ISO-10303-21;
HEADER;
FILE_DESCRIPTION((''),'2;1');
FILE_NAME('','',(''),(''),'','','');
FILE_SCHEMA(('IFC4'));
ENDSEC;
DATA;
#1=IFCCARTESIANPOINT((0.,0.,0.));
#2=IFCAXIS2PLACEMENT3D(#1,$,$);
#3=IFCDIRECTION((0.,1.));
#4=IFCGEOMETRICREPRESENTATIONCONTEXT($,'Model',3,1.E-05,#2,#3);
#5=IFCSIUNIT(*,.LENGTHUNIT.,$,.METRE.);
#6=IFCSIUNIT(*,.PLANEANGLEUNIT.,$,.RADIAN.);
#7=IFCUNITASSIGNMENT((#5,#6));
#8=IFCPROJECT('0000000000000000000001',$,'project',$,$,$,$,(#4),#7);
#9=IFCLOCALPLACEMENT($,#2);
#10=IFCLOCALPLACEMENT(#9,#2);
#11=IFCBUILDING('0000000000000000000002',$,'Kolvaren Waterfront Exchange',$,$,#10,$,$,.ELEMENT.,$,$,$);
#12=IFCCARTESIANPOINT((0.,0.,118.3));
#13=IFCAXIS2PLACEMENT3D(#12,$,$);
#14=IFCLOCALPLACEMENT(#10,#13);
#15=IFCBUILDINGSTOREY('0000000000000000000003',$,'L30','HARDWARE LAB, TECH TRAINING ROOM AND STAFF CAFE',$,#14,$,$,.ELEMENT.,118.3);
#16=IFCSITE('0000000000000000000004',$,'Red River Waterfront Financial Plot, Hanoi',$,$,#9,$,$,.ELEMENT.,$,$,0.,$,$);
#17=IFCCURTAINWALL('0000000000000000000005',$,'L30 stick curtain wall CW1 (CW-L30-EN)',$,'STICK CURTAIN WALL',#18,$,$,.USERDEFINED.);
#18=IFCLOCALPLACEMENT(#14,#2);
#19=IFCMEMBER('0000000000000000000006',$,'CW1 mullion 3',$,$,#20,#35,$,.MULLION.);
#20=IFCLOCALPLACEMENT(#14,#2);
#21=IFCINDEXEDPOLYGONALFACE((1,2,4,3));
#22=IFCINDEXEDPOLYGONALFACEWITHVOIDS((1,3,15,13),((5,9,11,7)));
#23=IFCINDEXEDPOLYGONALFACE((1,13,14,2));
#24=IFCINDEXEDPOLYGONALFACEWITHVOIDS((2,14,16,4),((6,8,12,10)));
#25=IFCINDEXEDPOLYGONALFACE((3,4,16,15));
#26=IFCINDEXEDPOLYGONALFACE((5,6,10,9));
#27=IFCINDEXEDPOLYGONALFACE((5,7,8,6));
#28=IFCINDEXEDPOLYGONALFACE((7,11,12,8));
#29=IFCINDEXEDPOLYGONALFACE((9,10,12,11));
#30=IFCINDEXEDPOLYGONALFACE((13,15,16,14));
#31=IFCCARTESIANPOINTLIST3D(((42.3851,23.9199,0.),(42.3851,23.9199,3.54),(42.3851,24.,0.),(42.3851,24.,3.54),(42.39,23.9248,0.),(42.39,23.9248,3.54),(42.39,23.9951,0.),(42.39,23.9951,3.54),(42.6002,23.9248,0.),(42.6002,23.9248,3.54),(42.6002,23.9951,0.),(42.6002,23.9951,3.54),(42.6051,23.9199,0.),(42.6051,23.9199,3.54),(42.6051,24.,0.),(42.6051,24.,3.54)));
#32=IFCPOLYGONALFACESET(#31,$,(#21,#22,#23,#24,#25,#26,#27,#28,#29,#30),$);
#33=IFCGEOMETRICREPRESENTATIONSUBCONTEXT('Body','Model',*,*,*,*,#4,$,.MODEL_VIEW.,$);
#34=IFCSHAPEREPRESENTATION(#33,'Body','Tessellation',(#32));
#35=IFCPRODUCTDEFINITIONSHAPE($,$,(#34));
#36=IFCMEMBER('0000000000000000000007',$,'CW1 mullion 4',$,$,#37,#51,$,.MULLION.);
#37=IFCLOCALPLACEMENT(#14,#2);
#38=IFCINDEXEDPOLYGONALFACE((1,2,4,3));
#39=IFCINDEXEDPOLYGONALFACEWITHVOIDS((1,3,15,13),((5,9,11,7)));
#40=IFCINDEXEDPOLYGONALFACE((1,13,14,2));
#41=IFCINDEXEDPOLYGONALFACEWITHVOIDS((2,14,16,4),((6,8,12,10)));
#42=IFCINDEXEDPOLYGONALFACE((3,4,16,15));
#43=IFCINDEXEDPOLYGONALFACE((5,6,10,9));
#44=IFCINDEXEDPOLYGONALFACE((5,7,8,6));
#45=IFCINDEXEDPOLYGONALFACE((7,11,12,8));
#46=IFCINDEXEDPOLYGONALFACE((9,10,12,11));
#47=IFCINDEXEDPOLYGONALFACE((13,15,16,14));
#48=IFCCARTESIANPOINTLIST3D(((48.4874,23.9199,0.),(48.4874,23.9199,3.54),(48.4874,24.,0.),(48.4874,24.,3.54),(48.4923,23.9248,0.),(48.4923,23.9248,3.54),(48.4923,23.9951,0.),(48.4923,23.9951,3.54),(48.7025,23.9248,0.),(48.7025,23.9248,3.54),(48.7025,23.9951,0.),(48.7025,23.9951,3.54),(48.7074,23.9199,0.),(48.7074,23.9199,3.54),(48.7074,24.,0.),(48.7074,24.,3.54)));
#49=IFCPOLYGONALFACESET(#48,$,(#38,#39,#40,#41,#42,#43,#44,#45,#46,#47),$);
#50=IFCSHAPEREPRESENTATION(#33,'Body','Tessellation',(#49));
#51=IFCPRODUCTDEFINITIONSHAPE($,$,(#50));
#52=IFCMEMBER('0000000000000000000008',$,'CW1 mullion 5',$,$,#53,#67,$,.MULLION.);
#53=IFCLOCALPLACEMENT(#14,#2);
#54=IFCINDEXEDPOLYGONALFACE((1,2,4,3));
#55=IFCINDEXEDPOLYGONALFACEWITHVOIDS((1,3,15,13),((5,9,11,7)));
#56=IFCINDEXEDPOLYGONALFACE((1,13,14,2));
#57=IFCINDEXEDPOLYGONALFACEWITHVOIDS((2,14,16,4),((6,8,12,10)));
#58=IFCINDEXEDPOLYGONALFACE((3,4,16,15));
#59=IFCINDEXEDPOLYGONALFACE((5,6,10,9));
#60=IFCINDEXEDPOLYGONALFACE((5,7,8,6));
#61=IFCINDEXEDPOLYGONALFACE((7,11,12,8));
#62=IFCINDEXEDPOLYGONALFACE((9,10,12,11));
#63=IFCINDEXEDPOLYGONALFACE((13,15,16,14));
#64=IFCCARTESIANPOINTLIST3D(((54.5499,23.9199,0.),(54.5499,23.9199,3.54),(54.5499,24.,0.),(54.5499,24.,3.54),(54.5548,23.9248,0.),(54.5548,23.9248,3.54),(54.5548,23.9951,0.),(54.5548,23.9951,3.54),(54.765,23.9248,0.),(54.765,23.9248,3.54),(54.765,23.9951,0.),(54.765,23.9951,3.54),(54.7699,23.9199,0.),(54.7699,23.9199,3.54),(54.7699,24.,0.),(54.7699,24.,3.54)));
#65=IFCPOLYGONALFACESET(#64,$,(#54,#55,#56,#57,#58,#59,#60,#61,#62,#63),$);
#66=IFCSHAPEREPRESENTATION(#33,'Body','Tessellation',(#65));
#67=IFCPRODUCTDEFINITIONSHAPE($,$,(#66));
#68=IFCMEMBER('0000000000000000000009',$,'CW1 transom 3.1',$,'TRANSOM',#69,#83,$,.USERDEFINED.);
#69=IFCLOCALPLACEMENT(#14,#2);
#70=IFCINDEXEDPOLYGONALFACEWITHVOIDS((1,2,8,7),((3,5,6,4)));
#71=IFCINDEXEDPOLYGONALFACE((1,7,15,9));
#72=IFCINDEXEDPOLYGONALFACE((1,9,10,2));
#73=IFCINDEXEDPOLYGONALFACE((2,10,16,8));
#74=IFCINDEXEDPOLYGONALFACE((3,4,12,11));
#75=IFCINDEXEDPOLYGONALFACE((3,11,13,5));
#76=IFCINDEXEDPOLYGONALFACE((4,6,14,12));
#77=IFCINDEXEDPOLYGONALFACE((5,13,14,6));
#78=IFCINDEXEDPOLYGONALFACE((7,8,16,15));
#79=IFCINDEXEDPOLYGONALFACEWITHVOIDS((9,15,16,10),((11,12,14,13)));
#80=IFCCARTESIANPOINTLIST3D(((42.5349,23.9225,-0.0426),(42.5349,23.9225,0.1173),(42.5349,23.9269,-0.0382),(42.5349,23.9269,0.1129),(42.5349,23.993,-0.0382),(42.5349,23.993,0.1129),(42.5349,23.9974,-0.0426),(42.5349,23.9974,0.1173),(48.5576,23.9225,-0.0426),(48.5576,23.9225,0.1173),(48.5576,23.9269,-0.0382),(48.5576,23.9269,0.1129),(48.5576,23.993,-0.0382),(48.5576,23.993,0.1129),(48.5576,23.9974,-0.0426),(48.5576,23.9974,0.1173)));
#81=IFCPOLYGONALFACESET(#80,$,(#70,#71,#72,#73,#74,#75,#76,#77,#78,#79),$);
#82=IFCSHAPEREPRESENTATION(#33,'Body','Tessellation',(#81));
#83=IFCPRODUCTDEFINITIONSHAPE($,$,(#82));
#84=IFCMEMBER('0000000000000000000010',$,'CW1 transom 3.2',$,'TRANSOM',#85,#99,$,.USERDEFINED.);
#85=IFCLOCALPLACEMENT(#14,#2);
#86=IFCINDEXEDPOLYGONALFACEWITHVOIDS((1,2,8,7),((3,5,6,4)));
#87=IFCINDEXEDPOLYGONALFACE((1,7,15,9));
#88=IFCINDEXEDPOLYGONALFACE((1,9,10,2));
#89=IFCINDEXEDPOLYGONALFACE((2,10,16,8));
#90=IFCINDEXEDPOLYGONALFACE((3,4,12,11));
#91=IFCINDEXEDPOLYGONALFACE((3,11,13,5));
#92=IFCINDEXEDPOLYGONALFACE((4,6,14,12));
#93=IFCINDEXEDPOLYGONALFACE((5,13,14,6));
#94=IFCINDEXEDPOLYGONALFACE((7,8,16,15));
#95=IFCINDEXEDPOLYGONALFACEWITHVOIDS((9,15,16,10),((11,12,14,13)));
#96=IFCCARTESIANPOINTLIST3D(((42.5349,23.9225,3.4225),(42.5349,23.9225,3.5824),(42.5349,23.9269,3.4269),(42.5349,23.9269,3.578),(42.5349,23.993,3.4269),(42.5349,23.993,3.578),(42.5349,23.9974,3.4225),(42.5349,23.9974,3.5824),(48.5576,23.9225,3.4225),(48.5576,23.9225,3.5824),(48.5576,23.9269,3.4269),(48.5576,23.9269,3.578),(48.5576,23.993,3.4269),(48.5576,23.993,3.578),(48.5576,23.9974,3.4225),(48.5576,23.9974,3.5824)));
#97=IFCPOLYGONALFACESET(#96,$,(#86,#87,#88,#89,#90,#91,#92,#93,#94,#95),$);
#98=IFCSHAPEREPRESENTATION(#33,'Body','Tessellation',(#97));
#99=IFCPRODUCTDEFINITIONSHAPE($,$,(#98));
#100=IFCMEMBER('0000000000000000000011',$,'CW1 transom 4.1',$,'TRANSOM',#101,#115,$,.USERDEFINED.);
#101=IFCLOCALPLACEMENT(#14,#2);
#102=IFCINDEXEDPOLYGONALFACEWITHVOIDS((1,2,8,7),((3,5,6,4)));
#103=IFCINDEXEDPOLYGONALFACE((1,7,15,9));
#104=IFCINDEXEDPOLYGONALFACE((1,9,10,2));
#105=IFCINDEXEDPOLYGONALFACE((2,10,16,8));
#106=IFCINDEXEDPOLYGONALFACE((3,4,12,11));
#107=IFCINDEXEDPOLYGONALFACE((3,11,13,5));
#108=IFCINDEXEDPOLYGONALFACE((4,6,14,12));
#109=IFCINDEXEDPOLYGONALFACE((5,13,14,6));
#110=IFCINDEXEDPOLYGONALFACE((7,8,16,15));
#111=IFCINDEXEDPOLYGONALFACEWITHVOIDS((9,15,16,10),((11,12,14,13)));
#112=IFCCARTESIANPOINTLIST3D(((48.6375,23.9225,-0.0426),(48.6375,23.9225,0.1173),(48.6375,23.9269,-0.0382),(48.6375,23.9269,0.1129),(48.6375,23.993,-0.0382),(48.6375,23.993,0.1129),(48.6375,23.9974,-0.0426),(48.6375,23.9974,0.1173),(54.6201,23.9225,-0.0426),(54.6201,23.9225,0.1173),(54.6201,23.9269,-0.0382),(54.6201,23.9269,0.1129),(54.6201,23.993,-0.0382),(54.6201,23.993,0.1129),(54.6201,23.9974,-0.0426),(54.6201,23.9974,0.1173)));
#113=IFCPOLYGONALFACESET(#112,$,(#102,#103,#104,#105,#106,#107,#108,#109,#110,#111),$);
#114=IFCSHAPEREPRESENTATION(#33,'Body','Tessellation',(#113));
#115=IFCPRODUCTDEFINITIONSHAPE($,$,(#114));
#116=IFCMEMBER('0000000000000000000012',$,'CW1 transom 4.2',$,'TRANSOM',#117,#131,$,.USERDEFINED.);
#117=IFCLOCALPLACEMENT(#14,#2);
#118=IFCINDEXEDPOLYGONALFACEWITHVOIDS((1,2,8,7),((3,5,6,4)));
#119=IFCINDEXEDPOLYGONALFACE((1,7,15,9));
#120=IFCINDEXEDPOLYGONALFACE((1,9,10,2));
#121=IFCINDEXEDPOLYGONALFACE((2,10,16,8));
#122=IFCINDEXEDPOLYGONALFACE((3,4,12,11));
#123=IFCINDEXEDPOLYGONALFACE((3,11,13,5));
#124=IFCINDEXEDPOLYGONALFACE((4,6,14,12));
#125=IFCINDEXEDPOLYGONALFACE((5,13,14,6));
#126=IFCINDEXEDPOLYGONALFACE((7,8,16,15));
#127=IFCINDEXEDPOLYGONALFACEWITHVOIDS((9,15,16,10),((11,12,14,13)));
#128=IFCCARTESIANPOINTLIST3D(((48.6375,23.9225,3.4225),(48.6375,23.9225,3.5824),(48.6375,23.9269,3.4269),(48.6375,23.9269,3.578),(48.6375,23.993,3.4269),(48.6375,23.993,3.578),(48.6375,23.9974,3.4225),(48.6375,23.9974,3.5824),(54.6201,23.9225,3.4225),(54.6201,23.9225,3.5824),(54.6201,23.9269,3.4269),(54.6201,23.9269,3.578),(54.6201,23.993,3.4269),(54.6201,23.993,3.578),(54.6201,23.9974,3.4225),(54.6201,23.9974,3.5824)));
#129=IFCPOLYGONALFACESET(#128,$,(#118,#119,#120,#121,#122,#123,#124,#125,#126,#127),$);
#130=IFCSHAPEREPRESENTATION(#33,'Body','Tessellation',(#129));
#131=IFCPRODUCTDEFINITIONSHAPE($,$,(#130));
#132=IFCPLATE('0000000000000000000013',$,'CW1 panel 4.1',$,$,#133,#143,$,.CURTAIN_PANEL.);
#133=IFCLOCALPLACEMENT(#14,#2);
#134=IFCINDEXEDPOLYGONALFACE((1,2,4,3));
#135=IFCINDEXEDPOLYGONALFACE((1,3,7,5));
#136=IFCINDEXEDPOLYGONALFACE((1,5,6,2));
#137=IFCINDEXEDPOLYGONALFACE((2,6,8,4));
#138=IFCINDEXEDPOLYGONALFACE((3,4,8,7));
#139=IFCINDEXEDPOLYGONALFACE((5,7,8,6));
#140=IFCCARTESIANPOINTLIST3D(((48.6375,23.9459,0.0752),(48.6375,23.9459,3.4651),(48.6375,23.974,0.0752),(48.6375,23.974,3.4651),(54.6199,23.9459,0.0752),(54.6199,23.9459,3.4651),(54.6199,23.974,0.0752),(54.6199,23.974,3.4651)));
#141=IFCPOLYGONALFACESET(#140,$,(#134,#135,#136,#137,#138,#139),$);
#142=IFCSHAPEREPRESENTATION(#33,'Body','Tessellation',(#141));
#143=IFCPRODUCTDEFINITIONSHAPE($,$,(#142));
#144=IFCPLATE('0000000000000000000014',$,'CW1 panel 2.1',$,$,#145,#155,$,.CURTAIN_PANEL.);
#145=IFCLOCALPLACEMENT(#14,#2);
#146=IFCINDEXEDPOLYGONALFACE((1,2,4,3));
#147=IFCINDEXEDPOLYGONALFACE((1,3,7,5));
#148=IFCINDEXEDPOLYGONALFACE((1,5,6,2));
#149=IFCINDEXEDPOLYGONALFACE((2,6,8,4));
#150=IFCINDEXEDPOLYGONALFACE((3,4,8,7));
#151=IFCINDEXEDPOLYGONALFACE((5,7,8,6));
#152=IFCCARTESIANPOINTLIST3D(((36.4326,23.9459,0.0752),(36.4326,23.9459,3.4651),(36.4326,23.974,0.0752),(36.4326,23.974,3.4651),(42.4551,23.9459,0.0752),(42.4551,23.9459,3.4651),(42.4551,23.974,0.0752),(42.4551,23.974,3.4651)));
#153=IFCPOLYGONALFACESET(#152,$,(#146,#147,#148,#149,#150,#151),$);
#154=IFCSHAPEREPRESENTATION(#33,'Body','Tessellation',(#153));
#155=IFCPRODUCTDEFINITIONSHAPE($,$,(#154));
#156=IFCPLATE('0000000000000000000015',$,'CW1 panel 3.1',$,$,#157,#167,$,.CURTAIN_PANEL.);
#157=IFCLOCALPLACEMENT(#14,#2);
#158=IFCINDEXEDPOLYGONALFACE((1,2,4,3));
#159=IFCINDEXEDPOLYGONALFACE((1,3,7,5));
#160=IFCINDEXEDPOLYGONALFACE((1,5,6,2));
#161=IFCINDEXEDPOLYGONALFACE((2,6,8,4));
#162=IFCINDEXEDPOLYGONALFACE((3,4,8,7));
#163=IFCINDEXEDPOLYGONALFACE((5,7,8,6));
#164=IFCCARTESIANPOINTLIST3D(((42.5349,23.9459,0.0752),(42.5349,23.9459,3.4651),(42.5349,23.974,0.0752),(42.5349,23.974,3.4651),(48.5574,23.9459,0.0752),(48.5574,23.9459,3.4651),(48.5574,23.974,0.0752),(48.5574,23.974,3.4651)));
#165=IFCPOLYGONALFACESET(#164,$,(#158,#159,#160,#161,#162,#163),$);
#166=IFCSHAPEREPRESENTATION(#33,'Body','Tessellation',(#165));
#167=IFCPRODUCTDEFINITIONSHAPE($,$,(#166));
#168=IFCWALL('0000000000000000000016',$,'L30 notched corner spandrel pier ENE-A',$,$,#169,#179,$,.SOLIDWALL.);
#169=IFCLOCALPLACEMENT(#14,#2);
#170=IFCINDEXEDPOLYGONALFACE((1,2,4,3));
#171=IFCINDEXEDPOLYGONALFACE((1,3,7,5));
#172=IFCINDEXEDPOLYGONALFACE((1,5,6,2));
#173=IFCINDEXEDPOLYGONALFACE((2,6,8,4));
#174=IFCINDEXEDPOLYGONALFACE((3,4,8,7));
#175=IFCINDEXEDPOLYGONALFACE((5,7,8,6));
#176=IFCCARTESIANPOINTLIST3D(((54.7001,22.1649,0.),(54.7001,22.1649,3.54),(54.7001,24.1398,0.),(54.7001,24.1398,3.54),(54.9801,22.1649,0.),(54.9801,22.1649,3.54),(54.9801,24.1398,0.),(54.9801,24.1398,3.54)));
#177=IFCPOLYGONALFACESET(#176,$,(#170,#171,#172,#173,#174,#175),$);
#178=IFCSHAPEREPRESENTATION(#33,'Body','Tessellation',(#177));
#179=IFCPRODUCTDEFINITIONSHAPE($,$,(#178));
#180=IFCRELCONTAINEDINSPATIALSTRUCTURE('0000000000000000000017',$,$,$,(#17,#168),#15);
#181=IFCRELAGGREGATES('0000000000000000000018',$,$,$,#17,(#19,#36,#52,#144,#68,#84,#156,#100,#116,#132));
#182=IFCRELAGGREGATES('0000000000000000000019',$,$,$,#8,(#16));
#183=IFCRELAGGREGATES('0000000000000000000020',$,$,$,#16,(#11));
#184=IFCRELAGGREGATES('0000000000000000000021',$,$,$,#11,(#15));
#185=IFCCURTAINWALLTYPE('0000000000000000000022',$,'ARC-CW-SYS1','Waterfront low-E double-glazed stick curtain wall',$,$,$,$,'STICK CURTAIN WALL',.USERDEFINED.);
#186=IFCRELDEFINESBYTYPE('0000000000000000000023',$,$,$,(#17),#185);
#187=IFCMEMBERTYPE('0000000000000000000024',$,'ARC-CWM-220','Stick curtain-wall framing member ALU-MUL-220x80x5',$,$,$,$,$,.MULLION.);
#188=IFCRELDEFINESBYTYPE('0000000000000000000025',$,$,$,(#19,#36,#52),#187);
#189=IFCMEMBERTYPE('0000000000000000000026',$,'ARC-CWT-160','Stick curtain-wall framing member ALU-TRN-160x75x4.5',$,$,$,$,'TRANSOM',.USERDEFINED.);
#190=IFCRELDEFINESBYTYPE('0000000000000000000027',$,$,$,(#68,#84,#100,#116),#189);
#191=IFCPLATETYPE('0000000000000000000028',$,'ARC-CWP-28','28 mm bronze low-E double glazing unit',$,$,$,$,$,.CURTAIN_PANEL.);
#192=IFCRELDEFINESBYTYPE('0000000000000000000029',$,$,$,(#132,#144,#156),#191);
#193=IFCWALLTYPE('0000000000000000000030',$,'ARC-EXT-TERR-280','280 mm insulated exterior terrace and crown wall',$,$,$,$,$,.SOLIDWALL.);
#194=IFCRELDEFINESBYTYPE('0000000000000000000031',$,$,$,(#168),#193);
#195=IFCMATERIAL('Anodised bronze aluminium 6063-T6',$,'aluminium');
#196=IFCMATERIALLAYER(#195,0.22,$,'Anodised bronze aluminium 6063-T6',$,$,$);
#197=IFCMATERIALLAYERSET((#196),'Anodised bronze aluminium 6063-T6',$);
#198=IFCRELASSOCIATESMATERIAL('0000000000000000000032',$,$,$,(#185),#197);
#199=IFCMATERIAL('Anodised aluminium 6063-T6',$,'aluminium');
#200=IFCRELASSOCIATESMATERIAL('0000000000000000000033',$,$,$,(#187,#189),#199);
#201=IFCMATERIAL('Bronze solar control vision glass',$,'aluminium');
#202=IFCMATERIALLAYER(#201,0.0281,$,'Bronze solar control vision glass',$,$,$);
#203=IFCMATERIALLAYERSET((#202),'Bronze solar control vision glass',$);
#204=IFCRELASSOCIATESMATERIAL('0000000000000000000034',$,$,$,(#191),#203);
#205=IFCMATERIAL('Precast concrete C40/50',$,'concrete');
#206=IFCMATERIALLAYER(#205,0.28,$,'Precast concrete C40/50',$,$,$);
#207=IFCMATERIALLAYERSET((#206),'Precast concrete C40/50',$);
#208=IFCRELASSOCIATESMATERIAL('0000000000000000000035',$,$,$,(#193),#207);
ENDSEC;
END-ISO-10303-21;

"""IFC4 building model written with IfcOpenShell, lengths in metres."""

from ifc_helpers import new_model, si_unit, direction, frame, frame_2d, origin, origin_with_axes, origin_2d, place, context, subcontext, project, spatial, rectangle, hollow_rectangle, extrude, source, transform, mapped, material, layer, layer_set, material_profile, profile_set, type_object, element, aggregate, save


model = new_model("IFC4")

# Units and contexts
model_context = context("Model", 3, precision=1e-05, world=origin(), true_north=direction((0.0, 1.0)))
body_context = subcontext(model_context, "Body", "Model", "MODEL_VIEW")
ifc_project = project(units=[si_unit("LENGTHUNIT", "METRE"), si_unit("PLANEANGLEUNIT", "RADIAN")], contexts=[model_context])

# Site, building, storey
site_placement = place(None, origin())
site = spatial("IfcSite", under=ifc_project, at=site_placement, Name="Red River Waterfront Financial Plot, Hanoi", CompositionType="ELEMENT", RefElevation=0.0)
building_placement = place(site_placement, origin())
building = spatial("IfcBuilding", under=site, at=building_placement, Name="Kolvaren Waterfront Exchange", CompositionType="ELEMENT")
storey_placement = place(building_placement, frame((0.0, 0.0, 118.3)))
storey = spatial("IfcBuildingStorey", under=building, at=storey_placement, Name="L30", Description="HARDWARE LAB, TECH TRAINING ROOM AND STAFF CAFE", CompositionType="ELEMENT", Elevation=118.3)

# Curtain wall, members, plates
ifc_material_1 = material(Name="Anodised bronze aluminium 6063-T6", Category="aluminium")
ifc_layer_1 = layer(ifc_material_1, 0.22, Name="Anodised bronze aluminium 6063-T6")
ifc_layer_set_1 = layer_set([ifc_layer_1], Name="Anodised bronze aluminium 6063-T6")
curtain_wall_type = type_object("IfcCurtainWallType", Name="ARC-CW-SYS1", Description="Waterfront low-E double-glazed stick curtain wall", ElementType="STICK CURTAIN WALL", PredefinedType="USERDEFINED", material=ifc_layer_set_1)
curtain_wall_placement = place(storey_placement, origin())
curtain_wall = element("IfcCurtainWall", 1, at=curtain_wall_placement, inside=storey, type_object=curtain_wall_type, Name="L30 stick curtain wall CW1 (CW-L30-EN)", ObjectType="STICK CURTAIN WALL", PredefinedType="USERDEFINED")
ifc_material_2 = material(Name="Anodised aluminium 6063-T6", Category="aluminium")
ifc_material_profile_1 = material_profile(ifc_material_2, hollow_rectangle(XDim=0.0801, YDim=0.22, WallThickness=0.0049, at=origin_2d()), Name="ALU-MUL-220x80x5")
ifc_profile_set_1 = profile_set([ifc_material_profile_1], Name="Anodised aluminium 6063-T6")
member_type_1 = type_object("IfcMemberType", Name="ARC-CWM-220", Description="Stick curtain-wall framing member ALU-MUL-220x80x5", PredefinedType="MULLION", material=ifc_profile_set_1)
shared_shape_1 = source(origin_with_axes(), body_context, "Body", "SweptSolid", [
    extrude(hollow_rectangle(XDim=0.0801, YDim=0.22, WallThickness=0.0049, at=origin_2d()), origin(), (0.0, 0.0, 1.0), 3.54),
])
member_1_placement = place(storey_placement, frame((42.4951, 23.96, 0.0), z_axis=(0.0, 0.0, 1.0), x_axis=(0.0, 1.0, 0.0)))
member_1 = element("IfcMember", 2, at=member_1_placement, type_object=member_type_1, Name="CW1 mullion 3", PredefinedType="MULLION", context=body_context, shape_type="MappedRepresentation", body=[
    mapped(shared_shape_1, transform((0.0, 0.0, 0.0), x_axis=(1.0, 0.0, 0.0), y_axis=(0.0, 1.0, 0.0), z_axis=(0.0, 0.0, 1.0), scale=1.0)),
])
member_2_placement = place(storey_placement, frame((48.5974, 23.96, 0.0), z_axis=(0.0, 0.0, 1.0), x_axis=(0.0, 1.0, 0.0)))
member_2 = element("IfcMember", 3, at=member_2_placement, type_object=member_type_1, Name="CW1 mullion 4", PredefinedType="MULLION", context=body_context, shape_type="MappedRepresentation", body=[
    mapped(shared_shape_1, transform((0.0, 0.0, 0.0), x_axis=(1.0, 0.0, 0.0), y_axis=(0.0, 1.0, 0.0), z_axis=(0.0, 0.0, 1.0), scale=1.0)),
])
member_3_placement = place(storey_placement, frame((54.6599, 23.96, 0.0), z_axis=(0.0, 0.0, 1.0), x_axis=(0.0, 1.0, 0.0)))
member_3 = element("IfcMember", 4, at=member_3_placement, type_object=member_type_1, Name="CW1 mullion 5", PredefinedType="MULLION", context=body_context, shape_type="MappedRepresentation", body=[
    mapped(shared_shape_1, transform((0.0, 0.0, 0.0), x_axis=(1.0, 0.0, 0.0), y_axis=(0.0, 1.0, 0.0), z_axis=(0.0, 0.0, 1.0), scale=1.0)),
])
ifc_material_profile_2 = material_profile(ifc_material_2, hollow_rectangle(XDim=0.075, YDim=0.1599, WallThickness=0.0044, at=origin_2d()), Name="ALU-TRN-160x75x4.5")
ifc_profile_set_2 = profile_set([ifc_material_profile_2], Name="Anodised aluminium 6063-T6")
member_type_2 = type_object("IfcMemberType", Name="ARC-CWT-160", Description="Stick curtain-wall framing member ALU-TRN-160x75x4.5", ElementType="TRANSOM", PredefinedType="USERDEFINED", material=ifc_profile_set_2)
shared_shape_2 = source(origin_with_axes(), body_context, "Body", "SweptSolid", [
    extrude(hollow_rectangle(XDim=0.075, YDim=0.1599, WallThickness=0.0044, at=origin_2d()), origin(), (0.0, 0.0, 1.0), 6.0227),
])
member_4_placement = place(storey_placement, frame((42.5349, 23.96, 0.0374), z_axis=(1.0, 0.0, 0.0), x_axis=(0.0, 1.0, 0.0)))
member_4 = element("IfcMember", 5, at=member_4_placement, type_object=member_type_2, Name="CW1 transom 3.1", ObjectType="TRANSOM", PredefinedType="USERDEFINED", context=body_context, shape_type="MappedRepresentation", body=[
    mapped(shared_shape_2, transform((0.0, 0.0, 0.0), x_axis=(1.0, 0.0, 0.0), y_axis=(0.0, 1.0, 0.0), z_axis=(0.0, 0.0, 1.0), scale=1.0)),
])
member_5_placement = place(storey_placement, frame((42.5349, 23.96, 3.5024), z_axis=(1.0, 0.0, 0.0), x_axis=(0.0, 1.0, 0.0)))
member_5 = element("IfcMember", 6, at=member_5_placement, type_object=member_type_2, Name="CW1 transom 3.2", ObjectType="TRANSOM", PredefinedType="USERDEFINED", context=body_context, shape_type="MappedRepresentation", body=[
    mapped(shared_shape_2, transform((0.0, 0.0, 0.0), x_axis=(1.0, 0.0, 0.0), y_axis=(0.0, 1.0, 0.0), z_axis=(0.0, 0.0, 1.0), scale=1.0)),
])
shared_shape_3 = source(origin_with_axes(), body_context, "Body", "SweptSolid", [
    extrude(hollow_rectangle(XDim=0.075, YDim=0.1599, WallThickness=0.0044, at=origin_2d()), origin(), (0.0, 0.0, 1.0), 5.9827),
])
member_6_placement = place(storey_placement, frame((48.6375, 23.96, 0.0374), z_axis=(1.0, 0.0, 0.0), x_axis=(0.0, 1.0, 0.0)))
member_6 = element("IfcMember", 7, at=member_6_placement, type_object=member_type_2, Name="CW1 transom 4.1", ObjectType="TRANSOM", PredefinedType="USERDEFINED", context=body_context, shape_type="MappedRepresentation", body=[
    mapped(shared_shape_3, transform((0.0, 0.0, 0.0), x_axis=(1.0, 0.0, 0.0), y_axis=(0.0, 1.0, 0.0), z_axis=(0.0, 0.0, 1.0), scale=1.0)),
])
member_7_placement = place(storey_placement, frame((48.6375, 23.96, 3.5024), z_axis=(1.0, 0.0, 0.0), x_axis=(0.0, 1.0, 0.0)))
member_7 = element("IfcMember", 8, at=member_7_placement, type_object=member_type_2, Name="CW1 transom 4.2", ObjectType="TRANSOM", PredefinedType="USERDEFINED", context=body_context, shape_type="MappedRepresentation", body=[
    mapped(shared_shape_3, transform((0.0, 0.0, 0.0), x_axis=(1.0, 0.0, 0.0), y_axis=(0.0, 1.0, 0.0), z_axis=(0.0, 0.0, 1.0), scale=1.0)),
])
ifc_material_3 = material(Name="Bronze solar control vision glass", Category="aluminium")
ifc_layer_2 = layer(ifc_material_3, 0.0281, Name="Bronze solar control vision glass")
ifc_layer_set_2 = layer_set([ifc_layer_2], Name="Bronze solar control vision glass")
plate_type = type_object("IfcPlateType", Name="ARC-CWP-28", Description="28 mm bronze low-E double glazing unit", PredefinedType="CURTAIN_PANEL", material=ifc_layer_set_2)
shared_shape_4 = source(origin_with_axes(), body_context, "Body", "SweptSolid", [
    extrude(rectangle(XDim=5.9824, YDim=0.0281, at=origin_2d()), origin(), (0.0, 0.0, 1.0), 3.3899),
])
plate_1_placement = place(storey_placement, frame((51.6287, 23.96, 0.0752), z_axis=(0.0, 0.0, 1.0), x_axis=(1.0, 0.0, 0.0)))
plate_1 = element("IfcPlate", 9, at=plate_1_placement, type_object=plate_type, Name="CW1 panel 4.1", PredefinedType="CURTAIN_PANEL", context=body_context, shape_type="MappedRepresentation", body=[
    mapped(shared_shape_4, transform((0.0, 0.0, 0.0), x_axis=(1.0, 0.0, 0.0), y_axis=(0.0, 1.0, 0.0), z_axis=(0.0, 0.0, 1.0), scale=1.0)),
])
shared_shape_5 = source(origin_with_axes(), body_context, "Body", "SweptSolid", [
    extrude(rectangle(XDim=6.0225, YDim=0.0281, at=origin_2d()), origin(), (0.0, 0.0, 1.0), 3.3899),
])
plate_2_placement = place(storey_placement, frame((39.4438, 23.96, 0.0752), z_axis=(0.0, 0.0, 1.0), x_axis=(1.0, 0.0, 0.0)))
plate_2 = element("IfcPlate", 10, at=plate_2_placement, type_object=plate_type, Name="CW1 panel 2.1", PredefinedType="CURTAIN_PANEL", context=body_context, shape_type="MappedRepresentation", body=[
    mapped(shared_shape_5, transform((0.0, 0.0, 0.0), x_axis=(1.0, 0.0, 0.0), y_axis=(0.0, 1.0, 0.0), z_axis=(0.0, 0.0, 1.0), scale=1.0)),
])
plate_3_placement = place(storey_placement, frame((45.5461, 23.96, 0.0752), z_axis=(0.0, 0.0, 1.0), x_axis=(1.0, 0.0, 0.0)))
plate_3 = element("IfcPlate", 11, at=plate_3_placement, type_object=plate_type, Name="CW1 panel 3.1", PredefinedType="CURTAIN_PANEL", context=body_context, shape_type="MappedRepresentation", body=[
    mapped(shared_shape_5, transform((0.0, 0.0, 0.0), x_axis=(1.0, 0.0, 0.0), y_axis=(0.0, 1.0, 0.0), z_axis=(0.0, 0.0, 1.0), scale=1.0)),
])
aggregate(curtain_wall, [member_1, member_2, member_3, plate_2, member_4, member_5, plate_3, member_6, member_7, plate_1])

# Wall
ifc_material_4 = material(Name="Precast concrete C40/50", Category="concrete")
ifc_layer_3 = layer(ifc_material_4, 0.28, Name="Precast concrete C40/50")
ifc_layer_set_3 = layer_set([ifc_layer_3], Name="Precast concrete C40/50")
wall_type_1 = type_object("IfcWallType", Name="ARC-EXT-TERR-280", Description="280 mm insulated exterior terrace and crown wall", PredefinedType="SOLIDWALL", material=ifc_layer_set_3)
wall_1_placement = place(storey_placement, frame((54.8401, 22.165, 0.0), z_axis=(0.0, 0.0, 1.0), x_axis=(0.0, 1.0, 0.0)))
element("IfcWall", 12, at=wall_1_placement, inside=storey, type_object=wall_type_1, Name="L30 notched corner spandrel pier ENE-A", PredefinedType="SOLIDWALL", context=body_context, shape_type="SweptSolid", body=[
    extrude(rectangle(XDim=1.9749, YDim=0.28, at=frame_2d((0.9873, 0.0))), origin(), (0.0, 0.0, 1.0), 3.54),
])

save(model, "model.ifc")
